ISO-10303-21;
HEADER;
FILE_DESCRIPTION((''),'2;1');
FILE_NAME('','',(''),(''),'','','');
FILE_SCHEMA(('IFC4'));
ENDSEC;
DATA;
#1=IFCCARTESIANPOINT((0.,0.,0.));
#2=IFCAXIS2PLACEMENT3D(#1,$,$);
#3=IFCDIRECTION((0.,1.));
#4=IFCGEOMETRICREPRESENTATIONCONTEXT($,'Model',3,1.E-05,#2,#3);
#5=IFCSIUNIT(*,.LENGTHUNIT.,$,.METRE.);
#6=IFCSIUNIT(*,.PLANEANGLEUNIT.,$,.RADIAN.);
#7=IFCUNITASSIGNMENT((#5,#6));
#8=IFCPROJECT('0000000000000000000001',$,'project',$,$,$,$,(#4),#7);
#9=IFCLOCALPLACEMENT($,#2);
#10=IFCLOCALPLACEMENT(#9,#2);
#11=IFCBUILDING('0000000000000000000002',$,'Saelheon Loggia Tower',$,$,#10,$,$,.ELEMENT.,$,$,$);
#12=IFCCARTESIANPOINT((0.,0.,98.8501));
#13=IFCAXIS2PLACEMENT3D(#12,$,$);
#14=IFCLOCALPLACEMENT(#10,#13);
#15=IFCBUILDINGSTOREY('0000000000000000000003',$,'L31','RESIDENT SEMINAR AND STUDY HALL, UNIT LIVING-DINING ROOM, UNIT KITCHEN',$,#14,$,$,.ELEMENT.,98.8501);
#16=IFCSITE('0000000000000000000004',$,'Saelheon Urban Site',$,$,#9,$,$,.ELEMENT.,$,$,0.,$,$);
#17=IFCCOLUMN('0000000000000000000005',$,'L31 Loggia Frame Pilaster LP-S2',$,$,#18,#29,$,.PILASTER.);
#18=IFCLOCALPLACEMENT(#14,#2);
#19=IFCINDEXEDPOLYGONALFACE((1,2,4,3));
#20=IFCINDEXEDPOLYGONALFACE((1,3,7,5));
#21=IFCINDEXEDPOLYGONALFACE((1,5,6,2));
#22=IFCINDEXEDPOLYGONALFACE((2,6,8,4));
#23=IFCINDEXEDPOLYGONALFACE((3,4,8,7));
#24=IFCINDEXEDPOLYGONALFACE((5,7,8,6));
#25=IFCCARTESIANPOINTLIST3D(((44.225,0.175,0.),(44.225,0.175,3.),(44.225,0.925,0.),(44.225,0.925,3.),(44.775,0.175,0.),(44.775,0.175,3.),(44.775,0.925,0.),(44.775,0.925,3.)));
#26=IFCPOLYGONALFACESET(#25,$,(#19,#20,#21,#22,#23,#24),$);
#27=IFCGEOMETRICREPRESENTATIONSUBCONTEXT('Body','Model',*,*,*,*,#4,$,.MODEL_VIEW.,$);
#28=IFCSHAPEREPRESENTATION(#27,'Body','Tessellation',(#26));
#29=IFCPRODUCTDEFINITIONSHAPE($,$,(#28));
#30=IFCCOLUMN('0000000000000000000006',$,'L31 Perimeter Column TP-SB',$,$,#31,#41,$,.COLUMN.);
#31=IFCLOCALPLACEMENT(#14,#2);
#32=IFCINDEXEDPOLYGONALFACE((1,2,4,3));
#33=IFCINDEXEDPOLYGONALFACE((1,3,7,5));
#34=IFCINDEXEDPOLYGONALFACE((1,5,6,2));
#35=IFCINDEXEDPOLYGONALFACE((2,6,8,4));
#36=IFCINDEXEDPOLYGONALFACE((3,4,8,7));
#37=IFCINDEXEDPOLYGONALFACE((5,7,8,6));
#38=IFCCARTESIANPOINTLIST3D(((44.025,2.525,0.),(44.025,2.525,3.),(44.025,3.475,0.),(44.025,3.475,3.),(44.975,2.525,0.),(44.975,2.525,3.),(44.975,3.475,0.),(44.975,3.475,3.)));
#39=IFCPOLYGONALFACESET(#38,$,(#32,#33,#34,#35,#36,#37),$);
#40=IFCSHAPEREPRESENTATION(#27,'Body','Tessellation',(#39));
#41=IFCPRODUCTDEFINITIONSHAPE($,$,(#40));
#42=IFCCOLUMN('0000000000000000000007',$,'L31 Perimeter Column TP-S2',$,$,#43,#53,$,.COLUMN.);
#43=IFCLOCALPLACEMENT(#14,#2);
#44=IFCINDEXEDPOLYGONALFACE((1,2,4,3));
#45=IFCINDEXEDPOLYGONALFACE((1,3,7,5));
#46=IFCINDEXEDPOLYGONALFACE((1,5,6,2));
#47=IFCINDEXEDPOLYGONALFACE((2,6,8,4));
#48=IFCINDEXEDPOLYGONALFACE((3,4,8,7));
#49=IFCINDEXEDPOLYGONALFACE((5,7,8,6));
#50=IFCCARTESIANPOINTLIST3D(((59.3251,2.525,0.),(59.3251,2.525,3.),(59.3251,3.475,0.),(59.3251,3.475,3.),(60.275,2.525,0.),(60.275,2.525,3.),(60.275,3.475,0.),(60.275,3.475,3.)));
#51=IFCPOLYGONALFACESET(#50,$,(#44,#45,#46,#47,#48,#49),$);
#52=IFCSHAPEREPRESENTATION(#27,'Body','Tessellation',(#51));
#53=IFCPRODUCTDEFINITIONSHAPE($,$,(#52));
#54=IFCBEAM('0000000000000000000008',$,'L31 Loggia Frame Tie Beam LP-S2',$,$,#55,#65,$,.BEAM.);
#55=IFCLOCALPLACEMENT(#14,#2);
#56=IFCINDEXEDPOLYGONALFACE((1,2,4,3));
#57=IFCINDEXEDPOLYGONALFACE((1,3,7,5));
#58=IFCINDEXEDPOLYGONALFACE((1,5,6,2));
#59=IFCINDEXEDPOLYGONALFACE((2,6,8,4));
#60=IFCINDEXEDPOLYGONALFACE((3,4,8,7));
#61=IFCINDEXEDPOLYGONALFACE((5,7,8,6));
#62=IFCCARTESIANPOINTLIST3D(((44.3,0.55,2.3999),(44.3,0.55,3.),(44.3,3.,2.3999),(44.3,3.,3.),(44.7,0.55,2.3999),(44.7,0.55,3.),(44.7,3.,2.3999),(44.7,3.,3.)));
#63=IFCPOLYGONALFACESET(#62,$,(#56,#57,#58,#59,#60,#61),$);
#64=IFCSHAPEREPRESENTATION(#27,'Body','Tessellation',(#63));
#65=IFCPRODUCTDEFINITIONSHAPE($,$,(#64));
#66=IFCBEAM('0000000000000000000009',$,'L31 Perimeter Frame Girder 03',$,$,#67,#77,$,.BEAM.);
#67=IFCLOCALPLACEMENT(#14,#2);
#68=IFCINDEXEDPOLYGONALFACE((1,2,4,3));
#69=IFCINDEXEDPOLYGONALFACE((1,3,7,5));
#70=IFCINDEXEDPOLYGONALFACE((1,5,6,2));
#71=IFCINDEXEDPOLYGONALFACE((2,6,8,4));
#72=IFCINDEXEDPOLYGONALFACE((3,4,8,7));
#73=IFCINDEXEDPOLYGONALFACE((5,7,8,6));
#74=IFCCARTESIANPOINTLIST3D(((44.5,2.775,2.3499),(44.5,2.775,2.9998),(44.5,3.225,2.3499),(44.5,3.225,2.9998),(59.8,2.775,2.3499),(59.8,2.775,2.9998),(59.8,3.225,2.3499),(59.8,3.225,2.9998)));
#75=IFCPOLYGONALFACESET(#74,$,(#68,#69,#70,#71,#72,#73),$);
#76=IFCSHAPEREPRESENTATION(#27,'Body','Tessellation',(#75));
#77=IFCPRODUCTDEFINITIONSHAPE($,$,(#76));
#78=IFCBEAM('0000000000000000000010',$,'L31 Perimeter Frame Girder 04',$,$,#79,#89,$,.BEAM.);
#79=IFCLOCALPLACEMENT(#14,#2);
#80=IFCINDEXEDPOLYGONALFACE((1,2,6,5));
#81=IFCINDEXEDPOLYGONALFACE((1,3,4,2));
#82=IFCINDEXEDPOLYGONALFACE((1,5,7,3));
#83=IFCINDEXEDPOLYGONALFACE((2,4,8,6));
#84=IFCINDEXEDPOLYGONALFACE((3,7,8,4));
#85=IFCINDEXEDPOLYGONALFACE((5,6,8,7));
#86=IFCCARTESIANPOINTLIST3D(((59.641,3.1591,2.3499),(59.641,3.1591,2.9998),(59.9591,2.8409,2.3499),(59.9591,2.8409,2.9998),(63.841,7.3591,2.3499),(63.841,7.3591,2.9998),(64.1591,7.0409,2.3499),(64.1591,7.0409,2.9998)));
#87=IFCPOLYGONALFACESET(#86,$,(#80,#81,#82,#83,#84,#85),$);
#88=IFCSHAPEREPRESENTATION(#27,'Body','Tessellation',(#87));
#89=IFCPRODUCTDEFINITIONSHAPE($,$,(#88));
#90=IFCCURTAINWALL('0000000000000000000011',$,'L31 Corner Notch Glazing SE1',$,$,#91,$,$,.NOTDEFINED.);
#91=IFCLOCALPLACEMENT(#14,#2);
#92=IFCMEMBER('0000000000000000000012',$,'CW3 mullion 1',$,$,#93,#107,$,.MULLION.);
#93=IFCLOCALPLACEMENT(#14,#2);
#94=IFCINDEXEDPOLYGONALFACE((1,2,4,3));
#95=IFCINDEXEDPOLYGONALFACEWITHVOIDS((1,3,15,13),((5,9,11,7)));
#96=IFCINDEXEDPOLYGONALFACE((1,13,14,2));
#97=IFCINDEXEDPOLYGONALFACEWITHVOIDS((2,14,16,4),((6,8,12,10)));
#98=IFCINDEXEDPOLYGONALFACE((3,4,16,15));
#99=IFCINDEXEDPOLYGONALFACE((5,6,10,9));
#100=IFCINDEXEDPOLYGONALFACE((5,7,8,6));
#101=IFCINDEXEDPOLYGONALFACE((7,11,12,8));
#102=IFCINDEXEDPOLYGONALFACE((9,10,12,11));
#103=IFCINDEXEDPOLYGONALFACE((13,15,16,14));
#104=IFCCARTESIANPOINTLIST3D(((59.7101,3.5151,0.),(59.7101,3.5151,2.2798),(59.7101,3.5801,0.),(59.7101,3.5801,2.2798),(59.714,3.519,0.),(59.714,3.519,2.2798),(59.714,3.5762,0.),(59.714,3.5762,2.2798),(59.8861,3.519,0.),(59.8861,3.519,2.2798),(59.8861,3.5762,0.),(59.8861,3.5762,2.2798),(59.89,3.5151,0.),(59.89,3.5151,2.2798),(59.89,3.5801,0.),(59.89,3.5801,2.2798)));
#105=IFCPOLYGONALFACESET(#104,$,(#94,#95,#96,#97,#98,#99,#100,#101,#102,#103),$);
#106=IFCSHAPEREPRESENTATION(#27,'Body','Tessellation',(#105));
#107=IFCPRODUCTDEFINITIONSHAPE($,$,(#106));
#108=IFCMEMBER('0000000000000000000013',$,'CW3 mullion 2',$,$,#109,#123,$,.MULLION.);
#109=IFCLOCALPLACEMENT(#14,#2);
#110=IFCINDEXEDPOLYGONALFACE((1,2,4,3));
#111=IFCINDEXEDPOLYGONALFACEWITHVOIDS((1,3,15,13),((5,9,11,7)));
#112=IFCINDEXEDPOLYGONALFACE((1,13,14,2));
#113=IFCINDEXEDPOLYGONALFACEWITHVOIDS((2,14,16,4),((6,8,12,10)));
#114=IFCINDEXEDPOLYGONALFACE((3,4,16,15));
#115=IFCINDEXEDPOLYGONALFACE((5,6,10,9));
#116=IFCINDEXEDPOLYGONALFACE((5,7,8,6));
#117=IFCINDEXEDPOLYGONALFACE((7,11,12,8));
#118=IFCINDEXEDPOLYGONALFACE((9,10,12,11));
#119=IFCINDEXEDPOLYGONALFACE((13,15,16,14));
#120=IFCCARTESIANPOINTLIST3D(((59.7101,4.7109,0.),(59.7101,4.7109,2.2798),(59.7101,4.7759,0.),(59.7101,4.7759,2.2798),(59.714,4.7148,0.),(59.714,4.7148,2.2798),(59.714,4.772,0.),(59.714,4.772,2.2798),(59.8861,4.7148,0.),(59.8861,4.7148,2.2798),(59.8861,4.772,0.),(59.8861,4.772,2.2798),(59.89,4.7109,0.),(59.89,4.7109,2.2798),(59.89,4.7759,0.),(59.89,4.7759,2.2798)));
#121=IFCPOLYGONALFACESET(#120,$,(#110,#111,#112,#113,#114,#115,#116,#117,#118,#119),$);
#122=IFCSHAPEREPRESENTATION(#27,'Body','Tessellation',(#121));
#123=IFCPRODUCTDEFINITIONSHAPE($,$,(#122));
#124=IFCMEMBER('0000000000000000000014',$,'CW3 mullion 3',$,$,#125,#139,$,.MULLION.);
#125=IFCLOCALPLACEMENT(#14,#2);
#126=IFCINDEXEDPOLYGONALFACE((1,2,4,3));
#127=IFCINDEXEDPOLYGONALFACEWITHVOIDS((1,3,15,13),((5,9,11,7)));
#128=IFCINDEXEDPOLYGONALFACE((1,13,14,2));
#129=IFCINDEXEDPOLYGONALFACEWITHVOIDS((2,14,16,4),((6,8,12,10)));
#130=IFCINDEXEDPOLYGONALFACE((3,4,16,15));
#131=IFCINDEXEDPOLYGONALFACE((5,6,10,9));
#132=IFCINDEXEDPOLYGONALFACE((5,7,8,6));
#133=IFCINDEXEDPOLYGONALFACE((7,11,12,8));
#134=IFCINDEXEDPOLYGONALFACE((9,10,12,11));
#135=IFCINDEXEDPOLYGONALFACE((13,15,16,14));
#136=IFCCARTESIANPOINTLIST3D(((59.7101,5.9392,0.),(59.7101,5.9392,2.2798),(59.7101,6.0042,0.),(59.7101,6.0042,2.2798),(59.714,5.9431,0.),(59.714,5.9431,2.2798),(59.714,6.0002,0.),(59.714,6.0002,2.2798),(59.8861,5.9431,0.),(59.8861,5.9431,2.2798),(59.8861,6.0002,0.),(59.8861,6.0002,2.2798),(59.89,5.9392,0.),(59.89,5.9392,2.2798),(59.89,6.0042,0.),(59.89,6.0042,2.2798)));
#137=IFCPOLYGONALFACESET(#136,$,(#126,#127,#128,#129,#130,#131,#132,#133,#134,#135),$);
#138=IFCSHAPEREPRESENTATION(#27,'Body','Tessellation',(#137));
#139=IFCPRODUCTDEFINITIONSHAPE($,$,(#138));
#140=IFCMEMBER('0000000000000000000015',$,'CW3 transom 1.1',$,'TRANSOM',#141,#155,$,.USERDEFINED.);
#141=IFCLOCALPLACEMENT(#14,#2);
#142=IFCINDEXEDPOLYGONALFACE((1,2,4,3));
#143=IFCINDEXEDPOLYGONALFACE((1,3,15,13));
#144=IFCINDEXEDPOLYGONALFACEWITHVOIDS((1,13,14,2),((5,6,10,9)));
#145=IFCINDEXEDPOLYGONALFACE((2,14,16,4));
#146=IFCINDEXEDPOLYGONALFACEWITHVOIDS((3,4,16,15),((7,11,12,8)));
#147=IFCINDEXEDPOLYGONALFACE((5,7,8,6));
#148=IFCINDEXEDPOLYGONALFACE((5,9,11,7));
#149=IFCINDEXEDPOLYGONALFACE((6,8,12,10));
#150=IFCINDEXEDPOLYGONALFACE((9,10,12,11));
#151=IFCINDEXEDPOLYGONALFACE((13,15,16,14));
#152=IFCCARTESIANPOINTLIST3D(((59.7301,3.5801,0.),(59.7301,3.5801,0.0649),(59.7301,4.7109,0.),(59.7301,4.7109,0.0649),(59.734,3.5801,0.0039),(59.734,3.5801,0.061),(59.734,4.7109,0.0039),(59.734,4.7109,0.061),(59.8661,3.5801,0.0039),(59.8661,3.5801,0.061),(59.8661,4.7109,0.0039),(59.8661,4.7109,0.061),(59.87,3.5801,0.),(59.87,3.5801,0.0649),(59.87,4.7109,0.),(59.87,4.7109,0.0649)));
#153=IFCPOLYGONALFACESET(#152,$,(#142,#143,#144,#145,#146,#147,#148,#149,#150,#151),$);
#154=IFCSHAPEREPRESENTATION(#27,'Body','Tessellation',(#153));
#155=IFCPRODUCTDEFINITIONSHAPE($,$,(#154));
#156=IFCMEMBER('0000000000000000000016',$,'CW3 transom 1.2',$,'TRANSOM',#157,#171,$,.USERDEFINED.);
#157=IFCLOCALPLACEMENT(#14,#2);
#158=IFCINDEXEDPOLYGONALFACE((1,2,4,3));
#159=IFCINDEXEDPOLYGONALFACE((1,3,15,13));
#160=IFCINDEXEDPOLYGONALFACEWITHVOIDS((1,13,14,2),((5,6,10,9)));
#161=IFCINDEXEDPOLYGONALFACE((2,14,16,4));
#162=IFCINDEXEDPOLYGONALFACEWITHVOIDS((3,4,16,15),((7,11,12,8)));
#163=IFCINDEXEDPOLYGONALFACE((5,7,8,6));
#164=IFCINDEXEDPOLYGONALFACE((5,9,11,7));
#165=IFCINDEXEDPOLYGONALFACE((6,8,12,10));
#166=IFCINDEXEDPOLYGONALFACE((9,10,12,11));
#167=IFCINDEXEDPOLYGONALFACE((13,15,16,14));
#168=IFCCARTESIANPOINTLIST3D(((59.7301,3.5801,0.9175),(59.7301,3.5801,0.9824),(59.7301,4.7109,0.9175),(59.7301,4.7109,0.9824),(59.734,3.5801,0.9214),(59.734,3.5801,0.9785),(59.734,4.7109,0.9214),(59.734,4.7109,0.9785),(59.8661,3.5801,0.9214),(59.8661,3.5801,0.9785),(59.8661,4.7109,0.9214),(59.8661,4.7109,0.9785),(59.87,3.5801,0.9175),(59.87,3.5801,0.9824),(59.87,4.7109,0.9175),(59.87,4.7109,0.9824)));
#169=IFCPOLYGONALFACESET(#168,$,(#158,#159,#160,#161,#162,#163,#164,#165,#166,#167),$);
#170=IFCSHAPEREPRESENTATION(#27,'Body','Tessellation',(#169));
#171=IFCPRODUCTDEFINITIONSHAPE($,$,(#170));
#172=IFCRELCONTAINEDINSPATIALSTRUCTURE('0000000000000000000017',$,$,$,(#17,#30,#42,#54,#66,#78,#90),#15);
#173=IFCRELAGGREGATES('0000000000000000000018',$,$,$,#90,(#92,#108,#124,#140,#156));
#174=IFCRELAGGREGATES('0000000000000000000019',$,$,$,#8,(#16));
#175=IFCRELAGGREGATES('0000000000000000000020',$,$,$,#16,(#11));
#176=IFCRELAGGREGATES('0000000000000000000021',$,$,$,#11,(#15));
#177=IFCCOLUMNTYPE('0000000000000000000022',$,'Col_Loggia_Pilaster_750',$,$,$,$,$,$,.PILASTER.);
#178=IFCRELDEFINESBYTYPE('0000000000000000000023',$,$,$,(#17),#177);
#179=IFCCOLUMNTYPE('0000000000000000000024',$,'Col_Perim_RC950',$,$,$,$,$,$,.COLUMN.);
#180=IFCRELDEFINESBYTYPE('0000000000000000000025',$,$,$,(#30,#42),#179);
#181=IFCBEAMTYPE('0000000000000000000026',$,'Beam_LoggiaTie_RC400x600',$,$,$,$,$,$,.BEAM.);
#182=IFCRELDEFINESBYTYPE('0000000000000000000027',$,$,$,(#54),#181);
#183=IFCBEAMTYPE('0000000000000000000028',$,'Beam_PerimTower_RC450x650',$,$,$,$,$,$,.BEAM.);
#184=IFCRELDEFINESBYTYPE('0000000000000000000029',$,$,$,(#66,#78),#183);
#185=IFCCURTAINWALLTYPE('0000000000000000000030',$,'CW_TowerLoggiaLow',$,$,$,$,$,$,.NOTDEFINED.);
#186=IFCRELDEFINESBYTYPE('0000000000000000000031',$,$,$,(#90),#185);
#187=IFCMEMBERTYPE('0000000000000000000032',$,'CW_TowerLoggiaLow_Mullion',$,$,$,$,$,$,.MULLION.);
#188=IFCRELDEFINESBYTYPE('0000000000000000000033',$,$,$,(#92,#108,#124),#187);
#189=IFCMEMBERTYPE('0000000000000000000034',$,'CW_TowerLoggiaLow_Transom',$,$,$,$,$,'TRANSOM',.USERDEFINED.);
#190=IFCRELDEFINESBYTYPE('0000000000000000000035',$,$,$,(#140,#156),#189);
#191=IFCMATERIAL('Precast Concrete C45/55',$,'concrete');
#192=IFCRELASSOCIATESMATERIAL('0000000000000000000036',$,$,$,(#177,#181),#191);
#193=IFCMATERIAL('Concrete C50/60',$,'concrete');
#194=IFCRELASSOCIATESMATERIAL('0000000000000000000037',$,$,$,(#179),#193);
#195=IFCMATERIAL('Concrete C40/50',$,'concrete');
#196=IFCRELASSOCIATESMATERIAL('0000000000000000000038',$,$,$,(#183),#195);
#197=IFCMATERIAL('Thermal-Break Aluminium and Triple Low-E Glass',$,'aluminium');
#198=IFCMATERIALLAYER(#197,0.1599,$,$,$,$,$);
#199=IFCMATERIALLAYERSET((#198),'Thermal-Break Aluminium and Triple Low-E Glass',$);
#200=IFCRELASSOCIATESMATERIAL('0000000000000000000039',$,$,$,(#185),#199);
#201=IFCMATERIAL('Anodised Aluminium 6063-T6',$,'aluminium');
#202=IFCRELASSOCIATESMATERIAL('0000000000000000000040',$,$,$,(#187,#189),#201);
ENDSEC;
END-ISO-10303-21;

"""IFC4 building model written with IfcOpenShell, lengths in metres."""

from ifc_helpers import new_model, si_unit, direction, frame, origin, origin_2d, place, context, subcontext, project, spatial, rectangle, hollow_rectangle, extrude, source, transform, mapped, material, layer, layer_set, material_profile, profile_set, type_object, element, aggregate, save


model = new_model("IFC4")

# Units and contexts
model_context = context("Model", 3, precision=1e-05, world=origin(), true_north=direction((0.0, 1.0)))
body_context = subcontext(model_context, "Body", "Model", "MODEL_VIEW")
ifc_project = project(units=[si_unit("LENGTHUNIT", "METRE"), si_unit("PLANEANGLEUNIT", "RADIAN")], contexts=[model_context])

# Site, building, storey
site_placement = place(None, origin())
site = spatial("IfcSite", under=ifc_project, at=site_placement, Name="Saelheon Urban Site", CompositionType="ELEMENT", RefElevation=0.0)
building_placement = place(site_placement, origin())
building = spatial("IfcBuilding", under=site, at=building_placement, Name="Saelheon Loggia Tower", CompositionType="ELEMENT")
storey_placement = place(building_placement, frame((0.0, 0.0, 98.8501)))
storey = spatial("IfcBuildingStorey", under=building, at=storey_placement, Name="L31", Description="RESIDENT SEMINAR AND STUDY HALL, UNIT LIVING-DINING ROOM, UNIT KITCHEN", CompositionType="ELEMENT", Elevation=98.8501)

# Columns
ifc_material_1 = material(Name="Precast Concrete C45/55", Category="concrete")
ifc_material_profile_1 = material_profile(ifc_material_1, rectangle(XDim=0.55, YDim=0.75, at=origin_2d()), Name="RC-550x750")
ifc_profile_set_1 = profile_set([ifc_material_profile_1], Name="Precast Concrete C45/55")
column_type_1 = type_object("IfcColumnType", Name="Col_Loggia_Pilaster_750", PredefinedType="PILASTER", material=ifc_profile_set_1)
shared_shape_1 = source(origin(), body_context, "Body", "SweptSolid", [
    extrude(rectangle(XDim=0.55, YDim=0.75, at=origin_2d()), origin(), (0.0, 0.0, 1.0), 3.0),
])
column_placement = place(storey_placement, frame((44.5, 0.55, 0.0), z_axis=(0.0, 0.0, 1.0), x_axis=(1.0, 0.0, 0.0)))
element("IfcColumn", 1, at=column_placement, inside=storey, type_object=column_type_1, Name="L31 Loggia Frame Pilaster LP-S2", PredefinedType="PILASTER", context=body_context, shape_type="MappedRepresentation", body=[
    mapped(shared_shape_1, transform((0.0, 0.0, 0.0), scale=1.0)),
])
ifc_material_2 = material(Name="Concrete C50/60", Category="concrete")
ifc_material_profile_2 = material_profile(ifc_material_2, rectangle(XDim=0.95, YDim=0.95, at=origin_2d()), Name="RC-950x950")
ifc_profile_set_2 = profile_set([ifc_material_profile_2], Name="Concrete C50/60")
column_type_2 = type_object("IfcColumnType", Name="Col_Perim_RC950", PredefinedType="COLUMN", material=ifc_profile_set_2)
shared_shape_2 = source(origin(), body_context, "Body", "SweptSolid", [
    extrude(rectangle(XDim=0.95, YDim=0.95, at=origin_2d()), origin(), (0.0, 0.0, 1.0), 3.0),
])
for number, where, z_axis, x_axis, name in (
    (2, (44.5, 3.0, 0.0), (0.0, 0.0, 1.0), (1.0, 0.0, 0.0), "L31 Perimeter Column TP-SB"),
    (3, (59.8, 3.0, 0.0), (0.0, 0.0, 1.0), (1.0, 0.0, 0.0), "L31 Perimeter Column TP-S2"),
):
    element("IfcColumn", number, at=place(storey_placement, frame(where, z_axis=z_axis, x_axis=x_axis)), inside=storey, type_object=column_type_2, Name=name, PredefinedType="COLUMN", context=body_context, shape_type="MappedRepresentation", body=[
        mapped(shared_shape_2, transform((0.0, 0.0, 0.0), scale=1.0)),
    ])

# Beams
ifc_material_profile_3 = material_profile(ifc_material_1, rectangle(XDim=0.3999, YDim=0.6001, at=origin_2d()), Name="RC-400x600")
ifc_profile_set_3 = profile_set([ifc_material_profile_3], Name="Precast Concrete C45/55")
beam_type_1 = type_object("IfcBeamType", Name="Beam_LoggiaTie_RC400x600", PredefinedType="BEAM", material=ifc_profile_set_3)
shared_shape_3 = source(origin(), body_context, "Body", "SweptSolid", [
    extrude(rectangle(XDim=0.3999, YDim=0.6001, at=origin_2d()), origin(), (0.0, 0.0, 1.0), 2.45),
])
beam_1_placement = place(storey_placement, frame((44.5, 3.0, 2.7), z_axis=(0.0, -1.0, 0.0), x_axis=(1.0, 0.0, 0.0)))
element("IfcBeam", 4, at=beam_1_placement, inside=storey, type_object=beam_type_1, Name="L31 Loggia Frame Tie Beam LP-S2", PredefinedType="BEAM", context=body_context, shape_type="MappedRepresentation", body=[
    mapped(shared_shape_3, transform((0.0, 0.0, 0.0), scale=1.0)),
])
ifc_material_3 = material(Name="Concrete C40/50", Category="concrete")
ifc_material_profile_4 = material_profile(ifc_material_3, rectangle(XDim=0.45, YDim=0.6499, at=origin_2d()), Name="RC-450x650")
ifc_profile_set_4 = profile_set([ifc_material_profile_4], Name="Concrete C40/50")
beam_type_2 = type_object("IfcBeamType", Name="Beam_PerimTower_RC450x650", PredefinedType="BEAM", material=ifc_profile_set_4)
shared_shape_4 = source(origin(), body_context, "Body", "SweptSolid", [
    extrude(rectangle(XDim=0.45, YDim=0.6499, at=origin_2d()), origin(), (0.0, 0.0, 1.0), 15.3),
])
beam_2_placement = place(storey_placement, frame((44.5, 3.0, 2.6748), z_axis=(1.0, 0.0, 0.0), x_axis=(0.0, 1.0, 0.0)))
element("IfcBeam", 5, at=beam_2_placement, inside=storey, type_object=beam_type_2, Name="L31 Perimeter Frame Girder 03", PredefinedType="BEAM", context=body_context, shape_type="MappedRepresentation", body=[
    mapped(shared_shape_4, transform((0.0, 0.0, 0.0), scale=1.0)),
])
shared_shape_5 = source(origin(), body_context, "Body", "SweptSolid", [
    extrude(rectangle(XDim=0.45, YDim=0.6499, at=origin_2d()), origin(), (0.0, 0.0, 1.0), 5.9397),
])
beam_3_placement = place(storey_placement, frame((59.8, 3.0, 2.6748), z_axis=(0.707107, 0.707107, 0.0), x_axis=(-0.707107, 0.707107, 0.0)))
element("IfcBeam", 6, at=beam_3_placement, inside=storey, type_object=beam_type_2, Name="L31 Perimeter Frame Girder 04", PredefinedType="BEAM", context=body_context, shape_type="MappedRepresentation", body=[
    mapped(shared_shape_5, transform((0.0, 0.0, 0.0), scale=1.0)),
])

# Curtain wall, members
ifc_material_4 = material(Name="Thermal-Break Aluminium and Triple Low-E Glass", Category="aluminium")
ifc_layer_1 = layer(ifc_material_4, 0.1599)
ifc_layer_set_1 = layer_set([ifc_layer_1], Name="Thermal-Break Aluminium and Triple Low-E Glass")
curtain_wall_type = type_object("IfcCurtainWallType", Name="CW_TowerLoggiaLow", PredefinedType="NOTDEFINED", material=ifc_layer_set_1)
curtain_wall_placement = place(storey_placement, origin())
curtain_wall = element("IfcCurtainWall", 7, at=curtain_wall_placement, inside=storey, type_object=curtain_wall_type, Name="L31 Corner Notch Glazing SE1", PredefinedType="NOTDEFINED")
ifc_material_5 = material(Name="Anodised Aluminium 6063-T6", Category="aluminium")
ifc_material_profile_5 = material_profile(ifc_material_5, hollow_rectangle(XDim=0.0649, YDim=0.1799, WallThickness=0.0039, at=origin_2d()), Name="RHS-180x65x4")
ifc_profile_set_5 = profile_set([ifc_material_profile_5], Name="Anodised Aluminium 6063-T6")
member_type_1 = type_object("IfcMemberType", Name="CW_TowerLoggiaLow_Mullion", PredefinedType="MULLION", material=ifc_profile_set_5)
shared_shape_6 = source(origin(), body_context, "Body", "SweptSolid", [
    extrude(hollow_rectangle(XDim=0.0649, YDim=0.1799, WallThickness=0.0039, at=origin_2d()), origin(), (0.0, 0.0, 1.0), 2.2798),
])
member_1_placement = place(storey_placement, frame((59.8, 3.5476, 0.0), z_axis=(0.0, 0.0, 1.0), x_axis=(0.0, 1.0, 0.0)))
member_1 = element("IfcMember", 8, at=member_1_placement, type_object=member_type_1, Name="CW3 mullion 1", PredefinedType="MULLION", context=body_context, shape_type="MappedRepresentation", body=[
    mapped(shared_shape_6, transform((0.0, 0.0, 0.0), scale=1.0)),
])
member_2_placement = place(storey_placement, frame((59.8, 4.7434, 0.0), z_axis=(0.0, 0.0, 1.0), x_axis=(0.0, 1.0, 0.0)))
member_2 = element("IfcMember", 9, at=member_2_placement, type_object=member_type_1, Name="CW3 mullion 2", PredefinedType="MULLION", context=body_context, shape_type="MappedRepresentation", body=[
    mapped(shared_shape_6, transform((0.0, 0.0, 0.0), scale=1.0)),
])
member_3_placement = place(storey_placement, frame((59.8, 5.9717, 0.0), z_axis=(0.0, 0.0, 1.0), x_axis=(0.0, 1.0, 0.0)))
member_3 = element("IfcMember", 10, at=member_3_placement, type_object=member_type_1, Name="CW3 mullion 3", PredefinedType="MULLION", context=body_context, shape_type="MappedRepresentation", body=[
    mapped(shared_shape_6, transform((0.0, 0.0, 0.0), scale=1.0)),
])
ifc_material_profile_6 = material_profile(ifc_material_5, hollow_rectangle(XDim=0.0649, YDim=0.1399, WallThickness=0.0039, at=origin_2d()), Name="RHS-140x65x4")
ifc_profile_set_6 = profile_set([ifc_material_profile_6], Name="Anodised Aluminium 6063-T6")
member_type_2 = type_object("IfcMemberType", Name="CW_TowerLoggiaLow_Transom", ElementType="TRANSOM", PredefinedType="USERDEFINED", material=ifc_profile_set_6)
shared_shape_7 = source(origin(), body_context, "Body", "SweptSolid", [
    extrude(hollow_rectangle(XDim=0.0649, YDim=0.1399, WallThickness=0.0039, at=origin_2d()), origin(), (0.0, 0.0, 1.0), 1.1309),
])
member_4_placement = place(storey_placement, frame((59.8, 3.5801, 0.0325), z_axis=(0.0, 1.0, 0.0), x_axis=(0.0, 0.0, 1.0)))
member_4 = element("IfcMember", 11, at=member_4_placement, type_object=member_type_2, Name="CW3 transom 1.1", ObjectType="TRANSOM", PredefinedType="USERDEFINED", context=body_context, shape_type="MappedRepresentation", body=[
    mapped(shared_shape_7, transform((0.0, 0.0, 0.0), scale=1.0)),
])
member_5_placement = place(storey_placement, frame((59.8, 3.5801, 0.95), z_axis=(0.0, 1.0, 0.0), x_axis=(0.0, 0.0, 1.0)))
member_5 = element("IfcMember", 12, at=member_5_placement, type_object=member_type_2, Name="CW3 transom 1.2", ObjectType="TRANSOM", PredefinedType="USERDEFINED", context=body_context, shape_type="MappedRepresentation", body=[
    mapped(shared_shape_7, transform((0.0, 0.0, 0.0), scale=1.0)),
])
aggregate(curtain_wall, [member_1, member_2, member_3, member_4, member_5])

save(model, "model.ifc")
